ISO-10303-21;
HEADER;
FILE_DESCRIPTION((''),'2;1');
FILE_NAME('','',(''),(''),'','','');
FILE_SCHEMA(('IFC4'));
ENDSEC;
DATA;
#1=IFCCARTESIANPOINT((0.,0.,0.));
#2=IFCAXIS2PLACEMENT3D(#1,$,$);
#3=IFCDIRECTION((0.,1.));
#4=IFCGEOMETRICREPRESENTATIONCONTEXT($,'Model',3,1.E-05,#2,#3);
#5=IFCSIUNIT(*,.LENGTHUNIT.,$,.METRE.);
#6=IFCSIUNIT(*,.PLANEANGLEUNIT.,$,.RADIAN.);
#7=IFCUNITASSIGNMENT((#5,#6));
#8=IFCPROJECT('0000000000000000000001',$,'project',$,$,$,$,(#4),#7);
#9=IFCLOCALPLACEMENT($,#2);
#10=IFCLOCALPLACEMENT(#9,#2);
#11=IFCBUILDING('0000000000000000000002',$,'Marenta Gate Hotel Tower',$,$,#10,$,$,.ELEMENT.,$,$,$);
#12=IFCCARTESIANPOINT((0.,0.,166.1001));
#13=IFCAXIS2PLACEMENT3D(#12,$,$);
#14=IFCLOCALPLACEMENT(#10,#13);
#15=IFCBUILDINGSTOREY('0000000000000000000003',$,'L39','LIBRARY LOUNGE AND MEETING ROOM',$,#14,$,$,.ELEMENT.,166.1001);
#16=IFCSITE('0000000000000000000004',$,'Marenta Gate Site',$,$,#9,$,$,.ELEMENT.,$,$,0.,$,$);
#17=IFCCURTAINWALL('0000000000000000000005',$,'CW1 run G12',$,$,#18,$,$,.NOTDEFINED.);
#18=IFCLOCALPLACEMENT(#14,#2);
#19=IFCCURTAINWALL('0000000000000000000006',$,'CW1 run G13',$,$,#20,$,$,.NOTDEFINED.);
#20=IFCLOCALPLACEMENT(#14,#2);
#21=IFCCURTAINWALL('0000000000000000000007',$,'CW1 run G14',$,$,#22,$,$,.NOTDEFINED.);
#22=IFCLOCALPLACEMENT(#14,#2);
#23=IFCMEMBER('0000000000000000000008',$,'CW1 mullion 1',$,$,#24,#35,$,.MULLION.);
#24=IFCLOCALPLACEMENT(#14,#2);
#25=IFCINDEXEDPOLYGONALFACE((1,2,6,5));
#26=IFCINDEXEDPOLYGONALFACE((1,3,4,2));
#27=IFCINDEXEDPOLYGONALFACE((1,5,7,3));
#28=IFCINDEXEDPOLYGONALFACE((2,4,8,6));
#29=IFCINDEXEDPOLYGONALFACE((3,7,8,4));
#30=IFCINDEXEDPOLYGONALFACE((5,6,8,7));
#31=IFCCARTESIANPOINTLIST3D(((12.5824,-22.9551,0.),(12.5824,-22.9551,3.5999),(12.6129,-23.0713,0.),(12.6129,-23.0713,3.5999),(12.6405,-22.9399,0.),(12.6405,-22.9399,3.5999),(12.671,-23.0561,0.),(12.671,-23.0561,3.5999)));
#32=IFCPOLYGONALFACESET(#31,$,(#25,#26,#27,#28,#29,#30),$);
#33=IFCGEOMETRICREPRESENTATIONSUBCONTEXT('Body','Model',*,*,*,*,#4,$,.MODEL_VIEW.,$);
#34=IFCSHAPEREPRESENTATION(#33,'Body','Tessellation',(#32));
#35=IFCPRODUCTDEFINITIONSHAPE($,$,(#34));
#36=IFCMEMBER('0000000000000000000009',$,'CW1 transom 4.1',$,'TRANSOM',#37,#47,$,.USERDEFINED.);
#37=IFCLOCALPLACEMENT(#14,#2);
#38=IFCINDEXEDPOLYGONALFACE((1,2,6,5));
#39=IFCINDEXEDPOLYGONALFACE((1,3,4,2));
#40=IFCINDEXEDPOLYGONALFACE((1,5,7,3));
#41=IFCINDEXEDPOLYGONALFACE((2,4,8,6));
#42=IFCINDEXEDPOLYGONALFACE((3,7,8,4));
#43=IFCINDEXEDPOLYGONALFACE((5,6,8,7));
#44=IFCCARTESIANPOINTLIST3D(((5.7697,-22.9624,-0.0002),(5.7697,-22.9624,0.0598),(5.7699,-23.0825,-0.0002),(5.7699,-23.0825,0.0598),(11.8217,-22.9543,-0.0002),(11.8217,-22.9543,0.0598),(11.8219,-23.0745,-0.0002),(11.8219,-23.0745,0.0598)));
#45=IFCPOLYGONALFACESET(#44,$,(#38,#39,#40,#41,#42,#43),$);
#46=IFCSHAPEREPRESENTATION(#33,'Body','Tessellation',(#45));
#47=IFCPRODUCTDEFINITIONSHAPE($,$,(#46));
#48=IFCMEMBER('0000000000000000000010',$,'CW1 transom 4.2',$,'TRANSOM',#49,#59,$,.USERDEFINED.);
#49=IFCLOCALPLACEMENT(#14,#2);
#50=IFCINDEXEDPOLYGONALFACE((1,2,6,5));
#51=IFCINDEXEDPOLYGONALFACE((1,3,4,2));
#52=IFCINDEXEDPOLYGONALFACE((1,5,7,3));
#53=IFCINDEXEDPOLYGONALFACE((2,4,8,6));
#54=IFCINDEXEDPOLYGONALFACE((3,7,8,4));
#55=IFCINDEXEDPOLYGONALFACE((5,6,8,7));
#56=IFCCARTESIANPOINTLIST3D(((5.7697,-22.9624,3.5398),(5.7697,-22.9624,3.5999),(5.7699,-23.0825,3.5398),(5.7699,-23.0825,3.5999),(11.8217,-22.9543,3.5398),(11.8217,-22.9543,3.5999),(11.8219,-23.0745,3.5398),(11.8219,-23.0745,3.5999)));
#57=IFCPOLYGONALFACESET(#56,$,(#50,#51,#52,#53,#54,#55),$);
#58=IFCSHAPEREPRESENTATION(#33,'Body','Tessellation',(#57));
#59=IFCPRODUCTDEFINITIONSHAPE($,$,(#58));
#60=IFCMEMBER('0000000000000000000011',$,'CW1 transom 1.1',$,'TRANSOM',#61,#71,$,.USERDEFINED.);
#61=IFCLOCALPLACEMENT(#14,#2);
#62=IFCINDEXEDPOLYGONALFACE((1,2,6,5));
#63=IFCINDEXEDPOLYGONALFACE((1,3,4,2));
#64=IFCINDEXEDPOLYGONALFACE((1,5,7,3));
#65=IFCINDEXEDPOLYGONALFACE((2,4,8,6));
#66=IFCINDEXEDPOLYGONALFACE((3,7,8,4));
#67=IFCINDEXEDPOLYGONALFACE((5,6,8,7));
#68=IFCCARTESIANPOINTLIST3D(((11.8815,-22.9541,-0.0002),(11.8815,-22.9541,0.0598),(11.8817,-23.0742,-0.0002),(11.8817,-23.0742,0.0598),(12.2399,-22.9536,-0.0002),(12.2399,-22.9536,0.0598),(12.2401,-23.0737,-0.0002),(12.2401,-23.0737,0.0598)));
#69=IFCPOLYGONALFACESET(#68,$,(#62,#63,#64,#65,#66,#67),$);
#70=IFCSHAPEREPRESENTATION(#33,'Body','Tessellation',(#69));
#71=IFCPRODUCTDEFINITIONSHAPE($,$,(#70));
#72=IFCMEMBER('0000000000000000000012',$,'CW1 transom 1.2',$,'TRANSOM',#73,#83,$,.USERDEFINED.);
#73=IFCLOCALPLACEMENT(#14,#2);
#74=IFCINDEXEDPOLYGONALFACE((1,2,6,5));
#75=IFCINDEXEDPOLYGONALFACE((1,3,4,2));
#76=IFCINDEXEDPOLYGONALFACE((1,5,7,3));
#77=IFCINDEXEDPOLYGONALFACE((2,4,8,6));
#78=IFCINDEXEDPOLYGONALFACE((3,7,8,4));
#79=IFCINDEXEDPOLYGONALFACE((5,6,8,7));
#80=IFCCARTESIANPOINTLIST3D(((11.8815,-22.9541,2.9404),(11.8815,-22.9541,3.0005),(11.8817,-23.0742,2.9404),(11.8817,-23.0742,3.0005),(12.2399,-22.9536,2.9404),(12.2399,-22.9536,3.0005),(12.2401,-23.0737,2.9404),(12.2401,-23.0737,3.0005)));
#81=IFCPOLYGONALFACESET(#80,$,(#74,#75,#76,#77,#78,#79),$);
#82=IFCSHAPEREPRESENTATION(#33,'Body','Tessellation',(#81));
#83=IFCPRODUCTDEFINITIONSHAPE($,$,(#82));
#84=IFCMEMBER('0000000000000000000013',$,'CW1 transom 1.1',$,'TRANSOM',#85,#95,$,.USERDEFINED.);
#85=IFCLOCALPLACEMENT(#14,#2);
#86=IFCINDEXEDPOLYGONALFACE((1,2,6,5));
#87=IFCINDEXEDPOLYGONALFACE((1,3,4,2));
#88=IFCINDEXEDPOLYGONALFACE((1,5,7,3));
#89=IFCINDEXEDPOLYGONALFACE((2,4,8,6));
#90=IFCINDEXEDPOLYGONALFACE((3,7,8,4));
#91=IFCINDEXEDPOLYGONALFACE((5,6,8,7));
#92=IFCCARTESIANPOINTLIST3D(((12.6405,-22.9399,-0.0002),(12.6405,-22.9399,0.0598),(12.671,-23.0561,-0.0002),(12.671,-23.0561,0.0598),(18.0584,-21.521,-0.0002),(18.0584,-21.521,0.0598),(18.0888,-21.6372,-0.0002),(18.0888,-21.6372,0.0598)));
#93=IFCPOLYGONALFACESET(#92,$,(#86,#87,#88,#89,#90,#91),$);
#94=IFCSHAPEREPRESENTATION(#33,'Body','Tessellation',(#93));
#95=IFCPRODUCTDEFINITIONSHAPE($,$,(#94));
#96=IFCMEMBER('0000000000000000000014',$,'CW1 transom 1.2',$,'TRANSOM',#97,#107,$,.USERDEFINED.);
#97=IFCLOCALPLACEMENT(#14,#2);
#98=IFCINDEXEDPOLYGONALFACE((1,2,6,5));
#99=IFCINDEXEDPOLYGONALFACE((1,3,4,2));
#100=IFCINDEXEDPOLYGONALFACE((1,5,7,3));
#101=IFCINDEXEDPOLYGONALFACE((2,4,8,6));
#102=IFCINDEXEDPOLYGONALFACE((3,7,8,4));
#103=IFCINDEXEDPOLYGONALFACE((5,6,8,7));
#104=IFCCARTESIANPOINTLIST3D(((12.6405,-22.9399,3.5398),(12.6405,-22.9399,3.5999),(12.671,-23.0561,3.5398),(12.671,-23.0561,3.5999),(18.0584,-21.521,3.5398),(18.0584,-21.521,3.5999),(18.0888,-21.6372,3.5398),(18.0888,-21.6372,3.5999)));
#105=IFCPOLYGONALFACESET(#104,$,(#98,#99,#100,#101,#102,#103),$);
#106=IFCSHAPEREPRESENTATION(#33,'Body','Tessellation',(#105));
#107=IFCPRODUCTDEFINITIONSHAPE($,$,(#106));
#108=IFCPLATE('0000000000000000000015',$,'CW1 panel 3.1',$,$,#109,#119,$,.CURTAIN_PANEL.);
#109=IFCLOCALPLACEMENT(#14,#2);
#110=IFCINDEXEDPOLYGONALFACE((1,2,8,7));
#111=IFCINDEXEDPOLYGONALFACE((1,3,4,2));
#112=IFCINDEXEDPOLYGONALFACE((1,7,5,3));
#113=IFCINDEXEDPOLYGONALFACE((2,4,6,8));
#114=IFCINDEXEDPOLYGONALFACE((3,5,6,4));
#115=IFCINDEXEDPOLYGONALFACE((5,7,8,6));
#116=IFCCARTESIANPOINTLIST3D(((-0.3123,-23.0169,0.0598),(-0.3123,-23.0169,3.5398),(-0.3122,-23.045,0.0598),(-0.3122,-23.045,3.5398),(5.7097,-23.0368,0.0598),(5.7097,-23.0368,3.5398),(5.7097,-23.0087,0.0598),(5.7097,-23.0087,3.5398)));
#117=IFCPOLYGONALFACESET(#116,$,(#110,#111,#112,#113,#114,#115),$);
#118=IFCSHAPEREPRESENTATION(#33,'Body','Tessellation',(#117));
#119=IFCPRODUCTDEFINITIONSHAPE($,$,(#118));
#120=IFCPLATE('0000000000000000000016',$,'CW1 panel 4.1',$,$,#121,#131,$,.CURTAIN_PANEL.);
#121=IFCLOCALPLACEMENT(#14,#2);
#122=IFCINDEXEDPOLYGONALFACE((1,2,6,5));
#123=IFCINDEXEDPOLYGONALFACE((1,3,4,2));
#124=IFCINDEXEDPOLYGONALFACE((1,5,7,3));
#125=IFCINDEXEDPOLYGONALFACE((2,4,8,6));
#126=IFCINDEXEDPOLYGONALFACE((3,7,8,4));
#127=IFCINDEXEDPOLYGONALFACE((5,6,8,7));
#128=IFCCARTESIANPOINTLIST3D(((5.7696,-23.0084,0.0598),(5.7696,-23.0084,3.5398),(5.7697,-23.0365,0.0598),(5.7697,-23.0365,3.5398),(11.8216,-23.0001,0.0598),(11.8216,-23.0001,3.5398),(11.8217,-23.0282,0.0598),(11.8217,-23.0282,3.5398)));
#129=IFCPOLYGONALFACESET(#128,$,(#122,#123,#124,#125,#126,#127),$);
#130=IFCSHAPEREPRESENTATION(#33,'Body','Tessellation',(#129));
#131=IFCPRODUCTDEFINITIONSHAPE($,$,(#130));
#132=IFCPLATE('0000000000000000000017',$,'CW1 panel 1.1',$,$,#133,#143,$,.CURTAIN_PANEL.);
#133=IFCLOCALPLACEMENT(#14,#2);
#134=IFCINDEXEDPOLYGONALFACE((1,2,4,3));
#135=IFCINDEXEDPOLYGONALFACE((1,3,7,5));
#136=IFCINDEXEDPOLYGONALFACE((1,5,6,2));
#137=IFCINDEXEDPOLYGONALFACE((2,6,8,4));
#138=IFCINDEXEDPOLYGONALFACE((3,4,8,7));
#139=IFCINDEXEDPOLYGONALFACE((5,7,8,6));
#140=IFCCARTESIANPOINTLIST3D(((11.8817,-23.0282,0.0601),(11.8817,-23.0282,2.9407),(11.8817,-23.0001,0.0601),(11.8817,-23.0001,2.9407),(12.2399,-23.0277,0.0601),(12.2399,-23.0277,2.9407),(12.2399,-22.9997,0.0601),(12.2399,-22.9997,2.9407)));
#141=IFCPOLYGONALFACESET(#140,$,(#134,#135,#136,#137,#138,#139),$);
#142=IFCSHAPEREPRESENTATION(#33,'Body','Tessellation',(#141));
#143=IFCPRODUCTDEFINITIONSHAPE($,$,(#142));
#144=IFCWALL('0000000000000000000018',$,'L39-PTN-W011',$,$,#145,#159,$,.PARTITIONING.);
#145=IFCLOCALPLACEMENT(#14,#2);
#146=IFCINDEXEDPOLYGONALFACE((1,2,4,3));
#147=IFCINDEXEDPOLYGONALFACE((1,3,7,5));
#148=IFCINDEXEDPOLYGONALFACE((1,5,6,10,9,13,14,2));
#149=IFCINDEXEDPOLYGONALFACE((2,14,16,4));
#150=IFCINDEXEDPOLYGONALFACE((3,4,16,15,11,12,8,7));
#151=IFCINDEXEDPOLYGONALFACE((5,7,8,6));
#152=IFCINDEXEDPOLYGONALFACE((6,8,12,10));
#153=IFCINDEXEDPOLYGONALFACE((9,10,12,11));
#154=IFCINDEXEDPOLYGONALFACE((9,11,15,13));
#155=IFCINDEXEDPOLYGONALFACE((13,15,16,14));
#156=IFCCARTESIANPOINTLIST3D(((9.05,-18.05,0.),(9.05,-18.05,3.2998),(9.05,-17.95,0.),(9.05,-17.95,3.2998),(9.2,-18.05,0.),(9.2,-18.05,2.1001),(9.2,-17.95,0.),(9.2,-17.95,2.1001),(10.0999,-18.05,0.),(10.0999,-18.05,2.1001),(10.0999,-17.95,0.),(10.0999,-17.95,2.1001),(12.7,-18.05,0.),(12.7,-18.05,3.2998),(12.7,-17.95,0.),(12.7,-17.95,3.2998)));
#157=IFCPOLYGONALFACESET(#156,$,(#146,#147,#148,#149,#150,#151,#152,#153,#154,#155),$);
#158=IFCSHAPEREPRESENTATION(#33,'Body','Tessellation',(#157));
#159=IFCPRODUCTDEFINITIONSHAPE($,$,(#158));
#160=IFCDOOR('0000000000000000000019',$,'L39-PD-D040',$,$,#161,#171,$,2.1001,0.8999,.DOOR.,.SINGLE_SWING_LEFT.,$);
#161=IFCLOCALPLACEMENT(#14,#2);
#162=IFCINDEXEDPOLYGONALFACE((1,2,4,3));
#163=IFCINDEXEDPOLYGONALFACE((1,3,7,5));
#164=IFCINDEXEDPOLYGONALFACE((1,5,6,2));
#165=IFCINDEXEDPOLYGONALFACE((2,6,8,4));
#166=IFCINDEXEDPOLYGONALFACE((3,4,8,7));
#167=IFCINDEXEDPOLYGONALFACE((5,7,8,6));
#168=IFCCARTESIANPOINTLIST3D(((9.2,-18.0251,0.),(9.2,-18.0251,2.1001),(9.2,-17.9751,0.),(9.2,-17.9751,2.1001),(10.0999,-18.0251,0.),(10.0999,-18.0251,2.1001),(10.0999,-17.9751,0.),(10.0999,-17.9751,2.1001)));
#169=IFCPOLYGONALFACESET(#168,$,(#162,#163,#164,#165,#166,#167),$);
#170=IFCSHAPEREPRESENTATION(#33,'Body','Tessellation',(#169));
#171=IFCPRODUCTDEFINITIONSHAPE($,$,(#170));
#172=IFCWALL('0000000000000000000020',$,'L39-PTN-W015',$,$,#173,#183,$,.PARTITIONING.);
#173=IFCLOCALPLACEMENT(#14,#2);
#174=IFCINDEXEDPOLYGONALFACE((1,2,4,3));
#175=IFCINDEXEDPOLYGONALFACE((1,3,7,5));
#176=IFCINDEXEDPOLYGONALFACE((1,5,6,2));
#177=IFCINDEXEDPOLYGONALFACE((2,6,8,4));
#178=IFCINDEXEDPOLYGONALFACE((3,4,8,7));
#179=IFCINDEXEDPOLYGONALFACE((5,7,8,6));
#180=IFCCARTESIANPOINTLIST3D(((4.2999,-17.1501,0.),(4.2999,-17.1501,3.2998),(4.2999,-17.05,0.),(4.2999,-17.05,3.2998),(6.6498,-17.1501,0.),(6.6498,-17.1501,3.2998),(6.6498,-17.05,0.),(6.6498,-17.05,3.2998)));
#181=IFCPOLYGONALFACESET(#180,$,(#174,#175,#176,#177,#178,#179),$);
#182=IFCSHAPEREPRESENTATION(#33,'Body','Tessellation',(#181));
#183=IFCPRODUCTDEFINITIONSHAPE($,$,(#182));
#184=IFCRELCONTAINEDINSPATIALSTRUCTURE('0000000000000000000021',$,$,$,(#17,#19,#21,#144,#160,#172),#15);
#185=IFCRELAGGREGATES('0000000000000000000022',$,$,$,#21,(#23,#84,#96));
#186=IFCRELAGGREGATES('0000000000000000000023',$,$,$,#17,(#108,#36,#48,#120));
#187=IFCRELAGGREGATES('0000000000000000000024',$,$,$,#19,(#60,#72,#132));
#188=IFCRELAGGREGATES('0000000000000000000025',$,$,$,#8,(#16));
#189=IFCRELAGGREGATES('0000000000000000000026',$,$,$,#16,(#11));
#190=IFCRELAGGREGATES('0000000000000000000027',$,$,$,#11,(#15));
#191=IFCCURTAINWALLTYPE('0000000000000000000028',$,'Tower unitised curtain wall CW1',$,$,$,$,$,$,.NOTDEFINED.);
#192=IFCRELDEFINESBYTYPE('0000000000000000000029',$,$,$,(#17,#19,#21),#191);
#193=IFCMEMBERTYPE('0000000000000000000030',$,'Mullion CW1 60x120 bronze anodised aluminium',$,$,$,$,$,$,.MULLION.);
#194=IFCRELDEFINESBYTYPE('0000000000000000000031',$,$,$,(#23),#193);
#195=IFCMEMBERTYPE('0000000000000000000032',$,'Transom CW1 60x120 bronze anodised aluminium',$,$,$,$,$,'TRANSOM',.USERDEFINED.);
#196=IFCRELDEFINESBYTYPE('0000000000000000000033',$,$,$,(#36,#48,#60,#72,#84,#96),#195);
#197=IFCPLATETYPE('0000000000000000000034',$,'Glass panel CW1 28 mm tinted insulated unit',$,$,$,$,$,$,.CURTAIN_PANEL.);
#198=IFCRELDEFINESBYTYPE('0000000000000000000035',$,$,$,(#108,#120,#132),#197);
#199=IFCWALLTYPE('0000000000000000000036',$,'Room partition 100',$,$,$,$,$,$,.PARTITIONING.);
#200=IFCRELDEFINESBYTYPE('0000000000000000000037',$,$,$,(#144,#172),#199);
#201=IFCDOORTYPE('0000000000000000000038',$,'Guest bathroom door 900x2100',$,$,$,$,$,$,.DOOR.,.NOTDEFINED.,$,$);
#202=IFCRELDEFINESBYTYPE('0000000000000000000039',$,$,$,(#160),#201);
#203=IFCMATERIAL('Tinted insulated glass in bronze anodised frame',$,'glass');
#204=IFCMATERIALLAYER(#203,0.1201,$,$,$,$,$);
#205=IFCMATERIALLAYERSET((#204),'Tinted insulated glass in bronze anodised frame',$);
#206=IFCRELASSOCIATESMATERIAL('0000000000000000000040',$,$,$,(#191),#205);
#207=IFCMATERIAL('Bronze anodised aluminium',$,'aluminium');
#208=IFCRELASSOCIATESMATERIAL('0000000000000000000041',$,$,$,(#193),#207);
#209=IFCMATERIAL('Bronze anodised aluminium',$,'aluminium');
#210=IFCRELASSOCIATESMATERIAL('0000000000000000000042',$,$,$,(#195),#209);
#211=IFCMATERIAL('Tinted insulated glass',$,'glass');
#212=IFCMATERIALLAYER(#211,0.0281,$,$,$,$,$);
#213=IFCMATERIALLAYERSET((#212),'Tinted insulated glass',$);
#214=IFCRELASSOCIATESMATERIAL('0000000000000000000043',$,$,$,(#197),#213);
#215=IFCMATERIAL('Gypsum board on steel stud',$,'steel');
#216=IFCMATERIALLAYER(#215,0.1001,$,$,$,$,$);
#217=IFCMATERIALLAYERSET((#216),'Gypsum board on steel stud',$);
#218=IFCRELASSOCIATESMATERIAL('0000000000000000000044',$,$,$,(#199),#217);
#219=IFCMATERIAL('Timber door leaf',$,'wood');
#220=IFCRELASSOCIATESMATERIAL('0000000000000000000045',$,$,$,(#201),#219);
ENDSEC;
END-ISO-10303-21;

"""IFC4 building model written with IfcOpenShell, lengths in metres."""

from ifc_helpers import new_model, si_unit, direction, frame, frame_2d, origin, origin_2d, place, context, subcontext, project, spatial, rectangle, extrude, material, layer, layer_set, material_profile, profile_set, type_object, element, fill, aggregate, save


model = new_model("IFC4")

# Units and contexts
model_context = context("Model", 3, precision=1e-05, world=origin(), true_north=direction((0.0, 1.0)))
body_context = subcontext(model_context, "Body", "Model", "MODEL_VIEW")
ifc_project = project(units=[si_unit("LENGTHUNIT", "METRE"), si_unit("PLANEANGLEUNIT", "RADIAN")], contexts=[model_context])

# Site, building, storey
site_placement = place(None, origin())
site = spatial("IfcSite", under=ifc_project, at=site_placement, Name="Marenta Gate Site", CompositionType="ELEMENT", RefElevation=0.0)
building_placement = place(site_placement, origin())
building = spatial("IfcBuilding", under=site, at=building_placement, Name="Marenta Gate Hotel Tower", CompositionType="ELEMENT")
storey_placement = place(building_placement, frame((0.0, 0.0, 166.1001)))
storey = spatial("IfcBuildingStorey", under=building, at=storey_placement, Name="L39", Description="LIBRARY LOUNGE AND MEETING ROOM", CompositionType="ELEMENT", Elevation=166.1001)

# Curtain wall
ifc_material_1 = material(Name="Tinted insulated glass in bronze anodised frame", Category="glass")
ifc_layer_1 = layer(ifc_material_1, 0.1201)
ifc_layer_set_1 = layer_set([ifc_layer_1], Name="Tinted insulated glass in bronze anodised frame")
curtain_wall_type = type_object("IfcCurtainWallType", Name="Tower unitised curtain wall CW1", PredefinedType="NOTDEFINED", material=ifc_layer_set_1)
curtain_wall_1_placement = place(storey_placement, origin())
curtain_wall_1 = element("IfcCurtainWall", 1, at=curtain_wall_1_placement, inside=storey, type_object=curtain_wall_type, Name="CW1 run G12", PredefinedType="NOTDEFINED")
ifc_material_2 = material(Name="Bronze anodised aluminium", Category="aluminium")
ifc_material_profile_1 = material_profile(ifc_material_2, rectangle(XDim=0.1201, YDim=0.0601, at=origin_2d()), Name="Mullion CW1 60x120 bronze anodised aluminium")
ifc_profile_set_1 = profile_set([ifc_material_profile_1], Name="Bronze anodised aluminium")
member_type_1 = type_object("IfcMemberType", Name="Mullion CW1 60x120 bronze anodised aluminium", PredefinedType="MULLION", material=ifc_profile_set_1)

# Curtain wall
curtain_wall_2_placement = place(storey_placement, origin())
curtain_wall_2 = element("IfcCurtainWall", 2, at=curtain_wall_2_placement, inside=storey, type_object=curtain_wall_type, Name="CW1 run G13", PredefinedType="NOTDEFINED")

# Curtain wall, member
curtain_wall_3_placement = place(storey_placement, origin())
curtain_wall_3 = element("IfcCurtainWall", 3, at=curtain_wall_3_placement, inside=storey, type_object=curtain_wall_type, Name="CW1 run G14", PredefinedType="NOTDEFINED")
member_1_placement = place(storey_placement, frame((12.6267, -23.0056, 0.0), z_axis=(0.0, 0.0, 1.0), x_axis=(-0.253374, 0.967368, 0.0)))
member_1 = element("IfcMember", 4, at=member_1_placement, type_object=member_type_1, Name="CW1 mullion 1", PredefinedType="MULLION", context=body_context, shape_type="SweptSolid", body=[
    extrude(rectangle(XDim=0.1201, YDim=0.0601, at=origin_2d()), origin(), (0.0, 0.0, 1.0), 3.5999),
])

# Members
ifc_material_3 = material(Name="Bronze anodised aluminium", Category="aluminium")
ifc_material_profile_2 = material_profile(ifc_material_3, rectangle(XDim=0.1201, YDim=0.0601, at=origin_2d()), Name="Transom CW1 60x120 bronze anodised aluminium")
ifc_profile_set_2 = profile_set([ifc_material_profile_2], Name="Bronze anodised aluminium")
member_type_2 = type_object("IfcMemberType", Name="Transom CW1 60x120 bronze anodised aluminium", ElementType="TRANSOM", PredefinedType="USERDEFINED", material=ifc_profile_set_2)
member_2_placement = place(storey_placement, frame((5.7698, -23.0225, 0.0298), z_axis=(0.999999, 0.001331, 0.0), x_axis=(-0.001331, 0.999999, 0.0)))
member_2 = element("IfcMember", 5, at=member_2_placement, type_object=member_type_2, Name="CW1 transom 4.1", ObjectType="TRANSOM", PredefinedType="USERDEFINED", context=body_context, shape_type="SweptSolid", body=[
    extrude(rectangle(XDim=0.1201, YDim=0.0601, at=origin_2d()), origin(), (0.0, 0.0, 1.0), 6.052),
])
member_3_placement = place(storey_placement, frame((5.7698, -23.0225, 3.5698), z_axis=(0.999999, 0.001331, 0.0), x_axis=(-0.001331, 0.999999, 0.0)))
member_3 = element("IfcMember", 6, at=member_3_placement, type_object=member_type_2, Name="CW1 transom 4.2", ObjectType="TRANSOM", PredefinedType="USERDEFINED", context=body_context, shape_type="SweptSolid", body=[
    extrude(rectangle(XDim=0.1201, YDim=0.0601, at=origin_2d()), origin(), (0.0, 0.0, 1.0), 6.052),
])
member_4_placement = place(storey_placement, frame((11.8816, -23.0142, 0.0298), z_axis=(0.999999, 0.001362, 0.0), x_axis=(-0.001362, 0.999999, 0.0)))
member_4 = element("IfcMember", 7, at=member_4_placement, type_object=member_type_2, Name="CW1 transom 1.1", ObjectType="TRANSOM", PredefinedType="USERDEFINED", context=body_context, shape_type="SweptSolid", body=[
    extrude(rectangle(XDim=0.1201, YDim=0.0601, at=origin_2d()), origin(), (0.0, 0.0, 1.0), 0.3584),
])
member_5_placement = place(storey_placement, frame((11.8816, -23.0142, 2.9705), z_axis=(0.999999, 0.001362, 0.0), x_axis=(-0.001362, 0.999999, 0.0)))
member_5 = element("IfcMember", 8, at=member_5_placement, type_object=member_type_2, Name="CW1 transom 1.2", ObjectType="TRANSOM", PredefinedType="USERDEFINED", context=body_context, shape_type="SweptSolid", body=[
    extrude(rectangle(XDim=0.1201, YDim=0.0601, at=origin_2d()), origin(), (0.0, 0.0, 1.0), 0.3584),
])
member_6_placement = place(storey_placement, frame((12.6558, -22.998, 0.0298), z_axis=(0.967374, 0.253352, 0.0), x_axis=(-0.253352, 0.967374, 0.0)))
member_6 = element("IfcMember", 9, at=member_6_placement, type_object=member_type_2, Name="CW1 transom 1.1", ObjectType="TRANSOM", PredefinedType="USERDEFINED", context=body_context, shape_type="SweptSolid", body=[
    extrude(rectangle(XDim=0.1201, YDim=0.0601, at=origin_2d()), origin(), (0.0, 0.0, 1.0), 5.6006),
])
member_7_placement = place(storey_placement, frame((12.6558, -22.998, 3.5698), z_axis=(0.967374, 0.253352, 0.0), x_axis=(-0.253352, 0.967374, 0.0)))
member_7 = element("IfcMember", 10, at=member_7_placement, type_object=member_type_2, Name="CW1 transom 1.2", ObjectType="TRANSOM", PredefinedType="USERDEFINED", context=body_context, shape_type="SweptSolid", body=[
    extrude(rectangle(XDim=0.1201, YDim=0.0601, at=origin_2d()), origin(), (0.0, 0.0, 1.0), 5.6006),
])
aggregate(curtain_wall_3, [member_1, member_6, member_7])

# Plates
ifc_material_4 = material(Name="Tinted insulated glass", Category="glass")
ifc_layer_2 = layer(ifc_material_4, 0.0281)
ifc_layer_set_2 = layer_set([ifc_layer_2], Name="Tinted insulated glass")
plate_type = type_object("IfcPlateType", Name="Glass panel CW1 28 mm tinted insulated unit", PredefinedType="CURTAIN_PANEL", material=ifc_layer_set_2)
plate_1_placement = place(storey_placement, frame((2.6987, -23.0269, 0.0598), z_axis=(0.0, 0.0, 1.0), x_axis=(0.999999, 0.001365, 0.0)))
plate_1 = element("IfcPlate", 11, at=plate_1_placement, type_object=plate_type, Name="CW1 panel 3.1", PredefinedType="CURTAIN_PANEL", context=body_context, shape_type="SweptSolid", body=[
    extrude(rectangle(XDim=6.022, YDim=0.0281, at=origin_2d()), origin(), (0.0, 0.0, 1.0), 3.48),
])
plate_2_placement = place(storey_placement, frame((8.7957, -23.0183, 0.0598), z_axis=(0.0, 0.0, 1.0), x_axis=(0.999999, 0.001365, 0.0)))
plate_2 = element("IfcPlate", 12, at=plate_2_placement, type_object=plate_type, Name="CW1 panel 4.1", PredefinedType="CURTAIN_PANEL", context=body_context, shape_type="SweptSolid", body=[
    extrude(rectangle(XDim=6.052, YDim=0.0281, at=origin_2d()), origin(), (0.0, 0.0, 1.0), 3.48),
])
aggregate(curtain_wall_1, [plate_1, member_2, member_3, plate_2])
plate_3_placement = place(storey_placement, frame((12.0608, -23.0139, 0.0601), z_axis=(0.0, 0.0, 1.0), x_axis=(0.999999, 0.001255, 0.0)))
plate_3 = element("IfcPlate", 13, at=plate_3_placement, type_object=plate_type, Name="CW1 panel 1.1", PredefinedType="CURTAIN_PANEL", context=body_context, shape_type="SweptSolid", body=[
    extrude(rectangle(XDim=0.3582, YDim=0.0281, at=origin_2d()), origin(), (0.0, 0.0, 1.0), 2.8806),
])
aggregate(curtain_wall_2, [member_4, member_5, plate_3])

# Wall, opening, door
ifc_material_5 = material(Name="Gypsum board on steel stud", Category="steel")
ifc_layer_3 = layer(ifc_material_5, 0.1001)
ifc_layer_set_3 = layer_set([ifc_layer_3], Name="Gypsum board on steel stud")
wall_type_1 = type_object("IfcWallType", Name="Room partition 100", PredefinedType="PARTITIONING", material=ifc_layer_set_3)
wall_1_placement = place(storey_placement, frame((9.05, -18.0, 0.0), z_axis=(0.0, 0.0, 1.0), x_axis=(1.0, 0.0, 0.0)))
wall_1 = element("IfcWall", 14, at=wall_1_placement, inside=storey, type_object=wall_type_1, Name="L39-PTN-W011", PredefinedType="PARTITIONING", context=body_context, shape_type="SweptSolid", body=[
    extrude(rectangle(XDim=3.6499, YDim=0.1001, at=frame_2d((1.825, 0.0))), origin(), (0.0, 0.0, 1.0), 3.2998),
])
opening_1_placement = place(wall_1_placement, frame((0.1499, 0.0, 0.0)))
opening_1 = element("IfcOpeningElement", 15, at=opening_1_placement, cuts=wall_1, PredefinedType="OPENING", context=body_context, shape_type="SweptSolid", body=[
    extrude(rectangle(XDim=0.8999, YDim=2.1001, at=frame_2d((0.45, 1.05))), frame((0.0, 0.05, 0.0), z_axis=(0.0, -1.0, 0.0), x_axis=(1.0, 0.0, 0.0)), (0.0, 0.0, 1.0), 0.1001),
])
ifc_material_6 = material(Name="Timber door leaf", Category="wood")
door_type_1 = type_object("IfcDoorType", Name="Guest bathroom door 900x2100", OperationType="NOTDEFINED", PredefinedType="DOOR", material=ifc_material_6)
door_1_placement = place(opening_1_placement, origin())
door_1 = element("IfcDoor", 16, at=door_1_placement, inside=storey, type_object=door_type_1, Name="L39-PD-D040", OperationType="SINGLE_SWING_LEFT", OverallHeight=2.1001, OverallWidth=0.8999, PredefinedType="DOOR", context=body_context, shape_type="SweptSolid", body=[
    extrude(rectangle(XDim=0.8999, YDim=2.1001, at=frame_2d((0.45, 1.05))), frame((0.0, 0.0249, 0.0), z_axis=(0.0, -1.0, 0.0), x_axis=(1.0, 0.0, 0.0)), (0.0, 0.0, 1.0), 0.05),
])
fill(opening_1, door_1)

# Wall
wall_2_placement = place(storey_placement, frame((4.3, -17.1001, 0.0), z_axis=(0.0, 0.0, 1.0), x_axis=(1.0, 0.0, 0.0)))
element("IfcWall", 17, at=wall_2_placement, inside=storey, type_object=wall_type_1, Name="L39-PTN-W015", PredefinedType="PARTITIONING", context=body_context, shape_type="SweptSolid", body=[
    extrude(rectangle(XDim=2.3499, YDim=0.1001, at=frame_2d((1.1748, 0.0))), origin(), (0.0, 0.0, 1.0), 3.2998),
])

save(model, "model.ifc")
